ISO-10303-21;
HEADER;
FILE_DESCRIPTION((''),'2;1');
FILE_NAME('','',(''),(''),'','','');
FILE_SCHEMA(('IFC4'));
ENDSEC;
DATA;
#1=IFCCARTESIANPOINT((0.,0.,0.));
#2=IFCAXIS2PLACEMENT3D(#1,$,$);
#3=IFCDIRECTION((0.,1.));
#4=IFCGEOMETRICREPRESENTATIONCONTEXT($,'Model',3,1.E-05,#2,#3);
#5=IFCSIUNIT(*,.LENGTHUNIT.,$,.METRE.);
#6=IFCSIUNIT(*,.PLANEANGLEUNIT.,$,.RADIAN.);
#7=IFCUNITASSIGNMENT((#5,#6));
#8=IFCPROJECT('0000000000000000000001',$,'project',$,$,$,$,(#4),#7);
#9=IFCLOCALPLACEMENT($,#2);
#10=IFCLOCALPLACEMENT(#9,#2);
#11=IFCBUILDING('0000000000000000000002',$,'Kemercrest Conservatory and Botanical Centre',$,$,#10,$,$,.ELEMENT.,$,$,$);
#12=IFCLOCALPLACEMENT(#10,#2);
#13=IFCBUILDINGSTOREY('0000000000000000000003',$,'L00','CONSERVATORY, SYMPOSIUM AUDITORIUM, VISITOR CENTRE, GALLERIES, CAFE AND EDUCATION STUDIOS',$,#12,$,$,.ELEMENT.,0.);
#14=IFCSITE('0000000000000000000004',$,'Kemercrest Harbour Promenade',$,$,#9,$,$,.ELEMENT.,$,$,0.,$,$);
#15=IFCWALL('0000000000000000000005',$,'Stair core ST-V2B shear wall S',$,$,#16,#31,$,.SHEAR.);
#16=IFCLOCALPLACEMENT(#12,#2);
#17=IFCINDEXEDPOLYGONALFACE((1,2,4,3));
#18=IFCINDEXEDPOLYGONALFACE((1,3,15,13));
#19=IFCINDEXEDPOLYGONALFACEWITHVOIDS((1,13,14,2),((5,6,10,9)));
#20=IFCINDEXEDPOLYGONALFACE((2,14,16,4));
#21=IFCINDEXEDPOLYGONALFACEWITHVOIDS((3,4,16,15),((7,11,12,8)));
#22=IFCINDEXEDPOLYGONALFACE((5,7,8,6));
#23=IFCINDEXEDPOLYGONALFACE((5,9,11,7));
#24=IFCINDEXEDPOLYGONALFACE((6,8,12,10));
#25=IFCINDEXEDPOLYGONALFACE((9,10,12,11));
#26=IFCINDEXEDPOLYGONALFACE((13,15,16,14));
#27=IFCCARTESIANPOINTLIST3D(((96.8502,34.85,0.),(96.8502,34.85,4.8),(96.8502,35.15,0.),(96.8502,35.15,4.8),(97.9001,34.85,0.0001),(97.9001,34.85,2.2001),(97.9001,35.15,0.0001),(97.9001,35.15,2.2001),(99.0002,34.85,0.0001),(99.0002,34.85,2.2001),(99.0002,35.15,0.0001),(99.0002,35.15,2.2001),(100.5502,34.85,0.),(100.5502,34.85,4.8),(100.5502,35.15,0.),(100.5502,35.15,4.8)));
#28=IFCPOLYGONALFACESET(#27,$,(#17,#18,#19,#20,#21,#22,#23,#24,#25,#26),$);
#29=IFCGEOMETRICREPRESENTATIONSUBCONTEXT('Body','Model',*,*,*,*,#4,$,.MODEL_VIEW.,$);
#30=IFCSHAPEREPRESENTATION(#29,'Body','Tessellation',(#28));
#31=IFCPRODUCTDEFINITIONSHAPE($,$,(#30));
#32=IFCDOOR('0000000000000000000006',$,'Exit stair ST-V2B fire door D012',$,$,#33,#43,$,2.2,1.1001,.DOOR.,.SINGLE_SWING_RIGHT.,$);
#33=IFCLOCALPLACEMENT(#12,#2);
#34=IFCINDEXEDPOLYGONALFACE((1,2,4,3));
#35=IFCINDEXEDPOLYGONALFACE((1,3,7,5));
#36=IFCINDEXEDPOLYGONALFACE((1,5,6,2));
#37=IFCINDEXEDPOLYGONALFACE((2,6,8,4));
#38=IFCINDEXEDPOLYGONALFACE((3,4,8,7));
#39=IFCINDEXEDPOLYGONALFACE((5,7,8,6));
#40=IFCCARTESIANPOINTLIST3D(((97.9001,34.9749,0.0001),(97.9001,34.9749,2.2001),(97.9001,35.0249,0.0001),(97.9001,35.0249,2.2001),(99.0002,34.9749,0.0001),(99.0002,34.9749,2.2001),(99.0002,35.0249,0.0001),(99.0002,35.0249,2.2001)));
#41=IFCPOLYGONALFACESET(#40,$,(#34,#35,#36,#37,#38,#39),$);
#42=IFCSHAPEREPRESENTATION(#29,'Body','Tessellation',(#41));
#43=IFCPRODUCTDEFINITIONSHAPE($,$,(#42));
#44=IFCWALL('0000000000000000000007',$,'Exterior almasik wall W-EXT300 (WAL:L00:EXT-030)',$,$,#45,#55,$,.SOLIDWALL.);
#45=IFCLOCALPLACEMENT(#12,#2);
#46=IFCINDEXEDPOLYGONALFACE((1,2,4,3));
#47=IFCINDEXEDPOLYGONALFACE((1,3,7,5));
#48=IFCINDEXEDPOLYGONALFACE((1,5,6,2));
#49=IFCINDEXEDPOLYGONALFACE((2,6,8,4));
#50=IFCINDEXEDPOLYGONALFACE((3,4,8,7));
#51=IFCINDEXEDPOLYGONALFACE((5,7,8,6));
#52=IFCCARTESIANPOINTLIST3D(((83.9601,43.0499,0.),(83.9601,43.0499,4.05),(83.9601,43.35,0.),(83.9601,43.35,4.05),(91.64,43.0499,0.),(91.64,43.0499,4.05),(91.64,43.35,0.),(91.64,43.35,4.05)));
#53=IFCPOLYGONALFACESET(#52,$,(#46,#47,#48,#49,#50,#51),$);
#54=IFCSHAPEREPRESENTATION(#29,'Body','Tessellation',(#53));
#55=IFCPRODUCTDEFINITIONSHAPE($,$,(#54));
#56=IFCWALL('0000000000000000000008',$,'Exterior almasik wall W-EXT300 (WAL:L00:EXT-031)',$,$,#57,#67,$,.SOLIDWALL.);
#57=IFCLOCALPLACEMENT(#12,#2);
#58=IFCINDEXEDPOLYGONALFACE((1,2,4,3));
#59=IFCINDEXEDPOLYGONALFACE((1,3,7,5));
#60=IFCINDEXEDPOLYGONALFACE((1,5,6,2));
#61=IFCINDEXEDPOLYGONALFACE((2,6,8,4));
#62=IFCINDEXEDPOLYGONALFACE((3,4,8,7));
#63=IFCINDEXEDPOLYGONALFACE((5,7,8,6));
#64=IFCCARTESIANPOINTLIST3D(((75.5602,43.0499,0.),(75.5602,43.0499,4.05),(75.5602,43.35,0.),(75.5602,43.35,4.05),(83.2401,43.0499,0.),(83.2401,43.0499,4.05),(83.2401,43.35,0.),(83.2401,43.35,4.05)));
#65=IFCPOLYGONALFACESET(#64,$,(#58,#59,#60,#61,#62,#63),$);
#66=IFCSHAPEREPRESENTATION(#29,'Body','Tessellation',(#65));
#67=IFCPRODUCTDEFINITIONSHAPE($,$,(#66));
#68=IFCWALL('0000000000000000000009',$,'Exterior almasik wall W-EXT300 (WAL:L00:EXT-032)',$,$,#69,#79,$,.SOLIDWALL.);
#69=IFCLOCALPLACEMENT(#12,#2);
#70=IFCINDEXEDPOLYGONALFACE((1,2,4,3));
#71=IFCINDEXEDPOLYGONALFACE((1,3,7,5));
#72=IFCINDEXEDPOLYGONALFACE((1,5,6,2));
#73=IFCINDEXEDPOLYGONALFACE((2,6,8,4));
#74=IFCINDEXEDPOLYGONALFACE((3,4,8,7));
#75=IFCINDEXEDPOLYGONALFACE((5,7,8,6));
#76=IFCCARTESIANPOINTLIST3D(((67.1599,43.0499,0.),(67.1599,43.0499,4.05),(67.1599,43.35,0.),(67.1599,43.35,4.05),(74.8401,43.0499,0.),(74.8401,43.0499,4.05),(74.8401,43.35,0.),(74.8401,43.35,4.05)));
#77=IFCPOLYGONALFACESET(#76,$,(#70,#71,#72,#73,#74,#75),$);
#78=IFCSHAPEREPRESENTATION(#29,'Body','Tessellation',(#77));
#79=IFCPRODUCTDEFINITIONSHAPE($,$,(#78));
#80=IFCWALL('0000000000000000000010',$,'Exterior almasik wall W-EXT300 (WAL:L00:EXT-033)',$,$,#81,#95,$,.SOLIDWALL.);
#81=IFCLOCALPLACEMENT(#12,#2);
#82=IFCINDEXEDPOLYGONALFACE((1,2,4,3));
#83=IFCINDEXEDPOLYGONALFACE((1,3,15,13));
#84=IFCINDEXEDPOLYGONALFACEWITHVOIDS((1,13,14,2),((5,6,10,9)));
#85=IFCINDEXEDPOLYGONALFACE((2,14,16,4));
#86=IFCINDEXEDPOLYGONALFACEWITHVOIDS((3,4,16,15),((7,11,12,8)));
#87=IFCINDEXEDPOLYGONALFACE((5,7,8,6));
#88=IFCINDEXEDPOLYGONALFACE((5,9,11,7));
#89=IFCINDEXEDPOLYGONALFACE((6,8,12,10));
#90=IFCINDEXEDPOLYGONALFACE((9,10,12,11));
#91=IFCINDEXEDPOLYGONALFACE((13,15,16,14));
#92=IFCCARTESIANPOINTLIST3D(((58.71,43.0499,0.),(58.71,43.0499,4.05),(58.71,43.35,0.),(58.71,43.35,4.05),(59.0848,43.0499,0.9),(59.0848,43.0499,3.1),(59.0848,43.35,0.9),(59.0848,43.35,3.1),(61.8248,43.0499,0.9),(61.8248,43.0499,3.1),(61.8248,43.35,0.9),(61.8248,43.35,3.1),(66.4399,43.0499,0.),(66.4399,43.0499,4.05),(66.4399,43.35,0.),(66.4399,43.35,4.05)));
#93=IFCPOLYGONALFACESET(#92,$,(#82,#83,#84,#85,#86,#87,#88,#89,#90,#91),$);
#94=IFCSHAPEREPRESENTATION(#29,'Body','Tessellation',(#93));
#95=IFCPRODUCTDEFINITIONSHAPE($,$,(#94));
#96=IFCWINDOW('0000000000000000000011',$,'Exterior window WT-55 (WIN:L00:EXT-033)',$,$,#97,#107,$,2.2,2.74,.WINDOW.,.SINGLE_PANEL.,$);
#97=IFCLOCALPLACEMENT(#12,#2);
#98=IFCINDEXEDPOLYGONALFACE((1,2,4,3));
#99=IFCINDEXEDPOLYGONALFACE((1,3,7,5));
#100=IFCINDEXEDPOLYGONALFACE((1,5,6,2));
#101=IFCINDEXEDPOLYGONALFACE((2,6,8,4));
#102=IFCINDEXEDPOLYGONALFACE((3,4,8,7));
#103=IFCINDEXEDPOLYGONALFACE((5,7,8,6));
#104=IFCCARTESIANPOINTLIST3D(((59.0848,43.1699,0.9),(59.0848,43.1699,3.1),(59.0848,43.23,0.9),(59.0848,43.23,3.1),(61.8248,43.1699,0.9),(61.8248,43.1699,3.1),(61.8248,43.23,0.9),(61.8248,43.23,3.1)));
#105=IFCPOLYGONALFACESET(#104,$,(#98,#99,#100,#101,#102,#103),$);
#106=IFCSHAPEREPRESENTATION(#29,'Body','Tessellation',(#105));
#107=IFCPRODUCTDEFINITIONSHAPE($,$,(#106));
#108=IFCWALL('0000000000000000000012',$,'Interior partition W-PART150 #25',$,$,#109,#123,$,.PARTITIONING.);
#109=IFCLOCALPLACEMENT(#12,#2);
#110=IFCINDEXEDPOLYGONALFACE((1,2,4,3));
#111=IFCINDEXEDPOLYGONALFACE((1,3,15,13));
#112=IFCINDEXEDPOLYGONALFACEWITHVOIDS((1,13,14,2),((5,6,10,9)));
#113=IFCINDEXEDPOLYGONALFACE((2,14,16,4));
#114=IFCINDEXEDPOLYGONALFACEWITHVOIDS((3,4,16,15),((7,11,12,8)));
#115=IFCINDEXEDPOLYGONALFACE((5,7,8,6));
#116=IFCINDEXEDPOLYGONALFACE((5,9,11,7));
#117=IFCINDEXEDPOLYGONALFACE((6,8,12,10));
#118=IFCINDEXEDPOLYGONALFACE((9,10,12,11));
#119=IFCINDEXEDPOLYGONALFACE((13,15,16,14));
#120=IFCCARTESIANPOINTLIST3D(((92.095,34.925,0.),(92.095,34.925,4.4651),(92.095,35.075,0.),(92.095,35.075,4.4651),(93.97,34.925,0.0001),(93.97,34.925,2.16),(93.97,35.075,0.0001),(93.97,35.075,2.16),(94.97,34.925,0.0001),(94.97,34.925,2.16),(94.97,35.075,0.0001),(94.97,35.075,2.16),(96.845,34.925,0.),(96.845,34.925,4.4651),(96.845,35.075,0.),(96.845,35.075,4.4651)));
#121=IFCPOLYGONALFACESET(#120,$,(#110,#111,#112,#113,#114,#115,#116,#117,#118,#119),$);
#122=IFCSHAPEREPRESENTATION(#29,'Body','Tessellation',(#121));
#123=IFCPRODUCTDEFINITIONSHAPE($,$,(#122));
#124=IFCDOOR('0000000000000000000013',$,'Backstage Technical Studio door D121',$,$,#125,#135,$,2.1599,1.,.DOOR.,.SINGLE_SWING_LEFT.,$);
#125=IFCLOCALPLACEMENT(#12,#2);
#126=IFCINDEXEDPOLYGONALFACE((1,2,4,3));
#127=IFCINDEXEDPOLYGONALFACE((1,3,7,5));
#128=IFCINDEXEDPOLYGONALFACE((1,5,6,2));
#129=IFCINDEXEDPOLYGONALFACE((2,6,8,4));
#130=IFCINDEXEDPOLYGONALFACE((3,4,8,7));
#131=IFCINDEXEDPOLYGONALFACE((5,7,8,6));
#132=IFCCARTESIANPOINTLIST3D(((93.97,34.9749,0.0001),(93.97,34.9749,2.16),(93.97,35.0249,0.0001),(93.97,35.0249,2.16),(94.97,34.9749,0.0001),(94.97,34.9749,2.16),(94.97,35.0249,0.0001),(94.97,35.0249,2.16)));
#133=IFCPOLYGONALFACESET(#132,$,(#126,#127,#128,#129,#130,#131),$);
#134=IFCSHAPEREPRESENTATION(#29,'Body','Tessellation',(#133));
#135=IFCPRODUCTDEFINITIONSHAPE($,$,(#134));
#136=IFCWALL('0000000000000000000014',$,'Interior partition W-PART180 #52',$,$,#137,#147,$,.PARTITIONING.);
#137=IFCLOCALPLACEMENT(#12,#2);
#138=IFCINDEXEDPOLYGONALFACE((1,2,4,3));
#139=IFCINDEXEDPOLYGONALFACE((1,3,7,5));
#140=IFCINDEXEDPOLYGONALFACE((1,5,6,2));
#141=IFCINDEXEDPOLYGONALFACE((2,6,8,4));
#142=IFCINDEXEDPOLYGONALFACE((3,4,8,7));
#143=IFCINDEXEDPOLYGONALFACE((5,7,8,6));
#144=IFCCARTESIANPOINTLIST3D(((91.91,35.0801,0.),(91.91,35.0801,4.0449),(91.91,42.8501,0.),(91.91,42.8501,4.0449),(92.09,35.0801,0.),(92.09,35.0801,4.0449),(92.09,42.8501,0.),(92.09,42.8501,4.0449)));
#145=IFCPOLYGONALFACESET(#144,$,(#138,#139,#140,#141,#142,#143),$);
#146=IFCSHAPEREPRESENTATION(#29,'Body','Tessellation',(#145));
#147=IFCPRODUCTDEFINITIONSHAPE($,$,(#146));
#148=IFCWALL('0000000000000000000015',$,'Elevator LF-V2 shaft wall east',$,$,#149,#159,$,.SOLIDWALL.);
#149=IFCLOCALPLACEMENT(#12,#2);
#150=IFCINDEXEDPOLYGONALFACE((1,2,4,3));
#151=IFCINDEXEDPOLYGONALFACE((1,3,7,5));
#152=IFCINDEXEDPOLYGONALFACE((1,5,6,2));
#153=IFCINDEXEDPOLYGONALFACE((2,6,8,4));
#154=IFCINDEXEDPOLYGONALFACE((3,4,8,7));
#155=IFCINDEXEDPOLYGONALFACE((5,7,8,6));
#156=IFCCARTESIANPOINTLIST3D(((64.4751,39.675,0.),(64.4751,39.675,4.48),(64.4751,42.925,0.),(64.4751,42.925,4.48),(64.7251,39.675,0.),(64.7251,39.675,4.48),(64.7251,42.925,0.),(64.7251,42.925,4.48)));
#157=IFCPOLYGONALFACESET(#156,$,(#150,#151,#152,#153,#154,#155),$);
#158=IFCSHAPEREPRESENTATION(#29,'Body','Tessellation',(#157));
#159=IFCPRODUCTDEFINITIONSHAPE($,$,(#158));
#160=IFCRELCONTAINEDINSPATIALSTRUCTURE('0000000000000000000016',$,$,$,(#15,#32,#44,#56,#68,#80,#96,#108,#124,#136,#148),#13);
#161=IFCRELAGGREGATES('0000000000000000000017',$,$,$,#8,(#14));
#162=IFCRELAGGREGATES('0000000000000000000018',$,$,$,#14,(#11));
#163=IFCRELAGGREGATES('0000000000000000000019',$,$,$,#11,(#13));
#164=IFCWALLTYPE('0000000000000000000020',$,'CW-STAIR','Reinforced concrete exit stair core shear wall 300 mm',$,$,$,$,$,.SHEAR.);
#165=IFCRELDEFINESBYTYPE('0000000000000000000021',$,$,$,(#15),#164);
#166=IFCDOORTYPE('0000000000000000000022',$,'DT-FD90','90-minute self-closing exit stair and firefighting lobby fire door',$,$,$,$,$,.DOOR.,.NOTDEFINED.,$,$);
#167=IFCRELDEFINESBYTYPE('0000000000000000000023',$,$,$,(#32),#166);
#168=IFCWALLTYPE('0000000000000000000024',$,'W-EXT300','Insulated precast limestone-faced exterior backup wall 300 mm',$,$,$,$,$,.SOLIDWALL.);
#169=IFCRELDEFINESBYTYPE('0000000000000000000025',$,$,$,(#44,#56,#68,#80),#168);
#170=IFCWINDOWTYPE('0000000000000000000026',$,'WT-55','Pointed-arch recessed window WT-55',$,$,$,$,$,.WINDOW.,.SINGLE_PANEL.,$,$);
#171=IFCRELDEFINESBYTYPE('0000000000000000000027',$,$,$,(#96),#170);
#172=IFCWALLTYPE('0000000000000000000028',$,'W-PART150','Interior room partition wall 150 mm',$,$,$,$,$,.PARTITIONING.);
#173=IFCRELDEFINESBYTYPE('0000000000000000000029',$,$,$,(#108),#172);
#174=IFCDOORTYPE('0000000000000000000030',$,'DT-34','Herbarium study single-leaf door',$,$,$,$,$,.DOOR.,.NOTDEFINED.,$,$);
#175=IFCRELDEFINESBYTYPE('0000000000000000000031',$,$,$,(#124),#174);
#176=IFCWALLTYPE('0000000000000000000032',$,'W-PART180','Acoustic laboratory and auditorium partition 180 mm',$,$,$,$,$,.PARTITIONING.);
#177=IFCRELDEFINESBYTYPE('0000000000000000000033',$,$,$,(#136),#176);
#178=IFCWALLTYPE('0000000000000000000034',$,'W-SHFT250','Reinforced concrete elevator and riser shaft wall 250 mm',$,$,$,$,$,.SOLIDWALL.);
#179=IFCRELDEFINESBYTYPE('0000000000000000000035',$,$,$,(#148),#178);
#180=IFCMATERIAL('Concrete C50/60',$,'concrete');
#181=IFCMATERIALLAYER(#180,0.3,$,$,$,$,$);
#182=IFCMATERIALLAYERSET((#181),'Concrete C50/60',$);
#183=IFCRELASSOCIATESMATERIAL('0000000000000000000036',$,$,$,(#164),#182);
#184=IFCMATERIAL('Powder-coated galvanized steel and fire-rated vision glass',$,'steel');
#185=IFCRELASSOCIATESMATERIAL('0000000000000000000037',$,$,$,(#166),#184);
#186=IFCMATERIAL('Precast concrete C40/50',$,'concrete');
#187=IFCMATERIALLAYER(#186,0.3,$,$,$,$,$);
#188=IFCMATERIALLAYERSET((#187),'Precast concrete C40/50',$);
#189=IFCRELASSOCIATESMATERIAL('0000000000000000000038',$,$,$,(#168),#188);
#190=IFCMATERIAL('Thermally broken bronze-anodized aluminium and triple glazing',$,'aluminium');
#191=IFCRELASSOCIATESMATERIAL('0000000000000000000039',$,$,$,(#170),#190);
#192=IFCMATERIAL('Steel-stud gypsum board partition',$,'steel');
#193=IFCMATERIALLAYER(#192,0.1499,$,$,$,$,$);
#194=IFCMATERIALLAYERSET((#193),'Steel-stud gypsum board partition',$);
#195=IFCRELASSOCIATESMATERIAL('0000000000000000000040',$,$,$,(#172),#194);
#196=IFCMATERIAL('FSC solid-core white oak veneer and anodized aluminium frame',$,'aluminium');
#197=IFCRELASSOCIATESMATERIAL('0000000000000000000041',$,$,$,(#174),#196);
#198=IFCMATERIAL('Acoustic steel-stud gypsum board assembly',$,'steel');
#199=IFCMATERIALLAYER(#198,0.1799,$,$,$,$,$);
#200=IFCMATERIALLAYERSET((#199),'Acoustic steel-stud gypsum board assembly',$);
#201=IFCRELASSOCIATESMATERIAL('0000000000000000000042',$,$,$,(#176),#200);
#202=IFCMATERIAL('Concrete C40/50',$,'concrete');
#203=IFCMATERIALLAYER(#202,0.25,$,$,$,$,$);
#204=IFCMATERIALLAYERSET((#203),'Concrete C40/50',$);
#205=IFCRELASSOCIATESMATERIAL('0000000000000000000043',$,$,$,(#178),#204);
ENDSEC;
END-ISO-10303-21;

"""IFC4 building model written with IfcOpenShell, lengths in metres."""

from ifc_helpers import new_model, si_unit, direction, frame, frame_2d, origin, place, context, subcontext, project, spatial, rectangle, extrude, material, layer, layer_set, type_object, element, fill, save


model = new_model("IFC4")

# Units and contexts
model_context = context("Model", 3, precision=1e-05, world=origin(), true_north=direction((0.0, 1.0)))
body_context = subcontext(model_context, "Body", "Model", "MODEL_VIEW")
ifc_project = project(units=[si_unit("LENGTHUNIT", "METRE"), si_unit("PLANEANGLEUNIT", "RADIAN")], contexts=[model_context])

# Site, building, storey
site_placement = place(None, origin())
site = spatial("IfcSite", under=ifc_project, at=site_placement, Name="Kemercrest Harbour Promenade", CompositionType="ELEMENT", RefElevation=0.0)
building_placement = place(site_placement, origin())
building = spatial("IfcBuilding", under=site, at=building_placement, Name="Kemercrest Conservatory and Botanical Centre", CompositionType="ELEMENT")
storey_placement = place(building_placement, origin())
storey = spatial("IfcBuildingStorey", under=building, at=storey_placement, Name="L00", Description="CONSERVATORY, SYMPOSIUM AUDITORIUM, VISITOR CENTRE, GALLERIES, CAFE AND EDUCATION STUDIOS", CompositionType="ELEMENT", Elevation=0.0)

# Shared definitions
ifc_material_1 = material(Name="Concrete C50/60", Category="concrete")

# Shared definitions
ifc_material_2 = material(Name="Precast concrete C40/50", Category="concrete")
ifc_material_3 = material(Name="Concrete C40/50", Category="concrete")

# Wall, opening, door
ifc_layer_1 = layer(ifc_material_1, 0.3)
ifc_layer_set_1 = layer_set([ifc_layer_1], Name="Concrete C50/60")
wall_type_1 = type_object("IfcWallType", Name="CW-STAIR", Description="Reinforced concrete exit stair core shear wall 300 mm", PredefinedType="SHEAR", material=ifc_layer_set_1)
wall_1_placement = place(storey_placement, frame((96.8501, 35.0, 0.0), z_axis=(0.0, 0.0, 1.0), x_axis=(1.0, 0.0, 0.0)))
wall_1 = element("IfcWall", 1, at=wall_1_placement, inside=storey, type_object=wall_type_1, Name="Stair core ST-V2B shear wall S", PredefinedType="SHEAR", context=body_context, shape_type="SweptSolid", body=[
    extrude(rectangle(XDim=3.7, YDim=0.3, at=frame_2d((1.8501, 0.0))), origin(), (0.0, 0.0, 1.0), 4.8),
])
opening_1_placement = place(wall_1_placement, frame((1.05, 0.0, 0.0)))
opening_1 = element("IfcOpeningElement", 2, at=opening_1_placement, cuts=wall_1, PredefinedType="OPENING", context=body_context, shape_type="SweptSolid", body=[
    extrude(rectangle(XDim=1.1001, YDim=2.2, at=frame_2d((0.55, 1.1001))), frame((0.0, 0.1602, 0.0), z_axis=(0.0, -1.0, 0.0), x_axis=(1.0, 0.0, 0.0)), (0.0, 0.0, 1.0), 0.3201),
])
ifc_material_4 = material(Name="Powder-coated galvanized steel and fire-rated vision glass", Category="steel")
door_type_1 = type_object("IfcDoorType", Name="DT-FD90", Description="90-minute self-closing exit stair and firefighting lobby fire door", OperationType="NOTDEFINED", PredefinedType="DOOR", material=ifc_material_4)
door_1_placement = place(opening_1_placement, origin())
door_1 = element("IfcDoor", 3, at=door_1_placement, inside=storey, type_object=door_type_1, Name="Exit stair ST-V2B fire door D012", OperationType="SINGLE_SWING_RIGHT", OverallHeight=2.2, OverallWidth=1.1001, PredefinedType="DOOR", context=body_context, shape_type="SweptSolid", body=[
    extrude(rectangle(XDim=1.1001, YDim=2.2, at=frame_2d((0.55, 1.1001))), frame((0.0, 0.0249, 0.0), z_axis=(0.0, -1.0, 0.0), x_axis=(1.0, 0.0, 0.0)), (0.0, 0.0, 1.0), 0.05),
])
fill(opening_1, door_1)

# Walls
ifc_layer_2 = layer(ifc_material_2, 0.3)
ifc_layer_set_2 = layer_set([ifc_layer_2], Name="Precast concrete C40/50")
wall_type_2 = type_object("IfcWallType", Name="W-EXT300", Description="Insulated precast limestone-faced exterior backup wall 300 mm", PredefinedType="SOLIDWALL", material=ifc_layer_set_2)
for number, where, z_axis, x_axis, name in (
    (4, (91.6399, 43.2, 0.0), (0.0, 0.0, 1.0), (-1.0, 0.0, 0.0), "Exterior almasik wall W-EXT300 (WAL:L00:EXT-030)"),
    (5, (83.24, 43.2, 0.0), (0.0, 0.0, 1.0), (-1.0, 0.0, 0.0), "Exterior almasik wall W-EXT300 (WAL:L00:EXT-031)"),
):
    element("IfcWall", number, at=place(storey_placement, frame(where, z_axis=z_axis, x_axis=x_axis)), inside=storey, type_object=wall_type_2, Name=name, PredefinedType="SOLIDWALL", context=body_context, shape_type="SweptSolid", body=[
        extrude(rectangle(XDim=7.6799, YDim=0.3, at=frame_2d((3.8398, 0.0))), origin(), (0.0, 0.0, 1.0), 4.05),
    ])
wall_2_placement = place(storey_placement, frame((74.8401, 43.2, 0.0), z_axis=(0.0, 0.0, 1.0), x_axis=(-1.0, 0.0, 0.0)))
element("IfcWall", 6, at=wall_2_placement, inside=storey, type_object=wall_type_2, Name="Exterior almasik wall W-EXT300 (WAL:L00:EXT-032)", PredefinedType="SOLIDWALL", context=body_context, shape_type="SweptSolid", body=[
    extrude(rectangle(XDim=7.6802, YDim=0.3, at=frame_2d((3.8401, 0.0))), origin(), (0.0, 0.0, 1.0), 4.05),
])

# Wall, opening, window
wall_3_placement = place(storey_placement, frame((66.4399, 43.2, 0.0), z_axis=(0.0, 0.0, 1.0), x_axis=(-1.0, 0.0, 0.0)))
wall_3 = element("IfcWall", 7, at=wall_3_placement, inside=storey, type_object=wall_type_2, Name="Exterior almasik wall W-EXT300 (WAL:L00:EXT-033)", PredefinedType="SOLIDWALL", context=body_context, shape_type="SweptSolid", body=[
    extrude(rectangle(XDim=7.73, YDim=0.3, at=frame_2d((3.865, 0.0))), origin(), (0.0, 0.0, 1.0), 4.05),
])
opening_2_placement = place(wall_3_placement, frame((4.615, 0.0, 0.8999)))
opening_2 = element("IfcOpeningElement", 8, at=opening_2_placement, cuts=wall_3, PredefinedType="OPENING", context=body_context, shape_type="SweptSolid", body=[
    extrude(rectangle(XDim=2.74, YDim=2.2, at=frame_2d((1.3701, 1.1001))), frame((0.0, 0.1602, 0.0), z_axis=(0.0, -1.0, 0.0), x_axis=(1.0, 0.0, 0.0)), (0.0, 0.0, 1.0), 0.3201),
])
ifc_material_5 = material(Name="Thermally broken bronze-anodized aluminium and triple glazing", Category="aluminium")
window_type = type_object("IfcWindowType", Name="WT-55", Description="Pointed-arch recessed window WT-55", PartitioningType="SINGLE_PANEL", PredefinedType="WINDOW", material=ifc_material_5)
window_placement = place(opening_2_placement, origin())
window = element("IfcWindow", 9, at=window_placement, inside=storey, type_object=window_type, Name="Exterior window WT-55 (WIN:L00:EXT-033)", OverallHeight=2.2, OverallWidth=2.74, PartitioningType="SINGLE_PANEL", PredefinedType="WINDOW", context=body_context, shape_type="SweptSolid", body=[
    extrude(rectangle(XDim=2.74, YDim=2.2, at=frame_2d((1.3701, 1.1001))), frame((0.0, 0.03, 0.0), z_axis=(0.0, -1.0, 0.0), x_axis=(1.0, 0.0, 0.0)), (0.0, 0.0, 1.0), 0.0601),
])
fill(opening_2, window)

# Wall, opening, door
ifc_material_6 = material(Name="Steel-stud gypsum board partition", Category="steel")
ifc_layer_3 = layer(ifc_material_6, 0.1499)
ifc_layer_set_3 = layer_set([ifc_layer_3], Name="Steel-stud gypsum board partition")
wall_type_3 = type_object("IfcWallType", Name="W-PART150", Description="Interior room partition wall 150 mm", PredefinedType="PARTITIONING", material=ifc_layer_set_3)
wall_4_placement = place(storey_placement, frame((92.095, 35.0, 0.0), z_axis=(0.0, 0.0, 1.0), x_axis=(1.0, 0.0, 0.0)))
wall_4 = element("IfcWall", 10, at=wall_4_placement, inside=storey, type_object=wall_type_3, Name="Interior partition W-PART150 #25", PredefinedType="PARTITIONING", context=body_context, shape_type="SweptSolid", body=[
    extrude(rectangle(XDim=4.75, YDim=0.1499, at=frame_2d((2.375, 0.0))), origin(), (0.0, 0.0, 1.0), 4.4651),
])
opening_3_placement = place(wall_4_placement, frame((1.875, 0.0, 0.0)))
opening_3 = element("IfcOpeningElement", 11, at=opening_3_placement, cuts=wall_4, PredefinedType="OPENING", context=body_context, shape_type="SweptSolid", body=[
    extrude(rectangle(XDim=1.0, YDim=2.1599, at=frame_2d((0.5, 1.0801))), frame((0.0, 0.085, 0.0), z_axis=(0.0, -1.0, 0.0), x_axis=(1.0, 0.0, 0.0)), (0.0, 0.0, 1.0), 0.1699),
])
ifc_material_7 = material(Name="FSC solid-core white oak veneer and anodized aluminium frame", Category="aluminium")
door_type_2 = type_object("IfcDoorType", Name="DT-34", Description="Herbarium study single-leaf door", OperationType="NOTDEFINED", PredefinedType="DOOR", material=ifc_material_7)
door_2_placement = place(opening_3_placement, origin())
door_2 = element("IfcDoor", 12, at=door_2_placement, inside=storey, type_object=door_type_2, Name="Backstage Technical Studio door D121", OperationType="SINGLE_SWING_LEFT", OverallHeight=2.1599, OverallWidth=1.0, PredefinedType="DOOR", context=body_context, shape_type="SweptSolid", body=[
    extrude(rectangle(XDim=1.0, YDim=2.1599, at=frame_2d((0.5, 1.0801))), frame((0.0, 0.0249, 0.0), z_axis=(0.0, -1.0, 0.0), x_axis=(1.0, 0.0, 0.0)), (0.0, 0.0, 1.0), 0.05),
])
fill(opening_3, door_2)

# Walls
ifc_material_8 = material(Name="Acoustic steel-stud gypsum board assembly", Category="steel")
ifc_layer_4 = layer(ifc_material_8, 0.1799)
ifc_layer_set_4 = layer_set([ifc_layer_4], Name="Acoustic steel-stud gypsum board assembly")
wall_type_4 = type_object("IfcWallType", Name="W-PART180", Description="Acoustic laboratory and auditorium partition 180 mm", PredefinedType="PARTITIONING", material=ifc_layer_set_4)
wall_5_placement = place(storey_placement, frame((92.0, 35.0801, 0.0), z_axis=(0.0, 0.0, 1.0), x_axis=(0.0, 1.0, 0.0)))
element("IfcWall", 13, at=wall_5_placement, inside=storey, type_object=wall_type_4, Name="Interior partition W-PART180 #52", PredefinedType="PARTITIONING", context=body_context, shape_type="SweptSolid", body=[
    extrude(rectangle(XDim=7.77, YDim=0.1799, at=frame_2d((3.885, 0.0))), origin(), (0.0, 0.0, 1.0), 4.0449),
])
ifc_layer_5 = layer(ifc_material_3, 0.25)
ifc_layer_set_5 = layer_set([ifc_layer_5], Name="Concrete C40/50")
wall_type_5 = type_object("IfcWallType", Name="W-SHFT250", Description="Reinforced concrete elevator and riser shaft wall 250 mm", PredefinedType="SOLIDWALL", material=ifc_layer_set_5)
wall_6_placement = place(storey_placement, frame((64.6001, 39.675, 0.0), z_axis=(0.0, 0.0, 1.0), x_axis=(0.0, 1.0, 0.0)))
element("IfcWall", 14, at=wall_6_placement, inside=storey, type_object=wall_type_5, Name="Elevator LF-V2 shaft wall east", PredefinedType="SOLIDWALL", context=body_context, shape_type="SweptSolid", body=[
    extrude(rectangle(XDim=3.25, YDim=0.25, at=frame_2d((1.625, 0.0))), origin(), (0.0, 0.0, 1.0), 4.48),
])

save(model, "model.ifc")
